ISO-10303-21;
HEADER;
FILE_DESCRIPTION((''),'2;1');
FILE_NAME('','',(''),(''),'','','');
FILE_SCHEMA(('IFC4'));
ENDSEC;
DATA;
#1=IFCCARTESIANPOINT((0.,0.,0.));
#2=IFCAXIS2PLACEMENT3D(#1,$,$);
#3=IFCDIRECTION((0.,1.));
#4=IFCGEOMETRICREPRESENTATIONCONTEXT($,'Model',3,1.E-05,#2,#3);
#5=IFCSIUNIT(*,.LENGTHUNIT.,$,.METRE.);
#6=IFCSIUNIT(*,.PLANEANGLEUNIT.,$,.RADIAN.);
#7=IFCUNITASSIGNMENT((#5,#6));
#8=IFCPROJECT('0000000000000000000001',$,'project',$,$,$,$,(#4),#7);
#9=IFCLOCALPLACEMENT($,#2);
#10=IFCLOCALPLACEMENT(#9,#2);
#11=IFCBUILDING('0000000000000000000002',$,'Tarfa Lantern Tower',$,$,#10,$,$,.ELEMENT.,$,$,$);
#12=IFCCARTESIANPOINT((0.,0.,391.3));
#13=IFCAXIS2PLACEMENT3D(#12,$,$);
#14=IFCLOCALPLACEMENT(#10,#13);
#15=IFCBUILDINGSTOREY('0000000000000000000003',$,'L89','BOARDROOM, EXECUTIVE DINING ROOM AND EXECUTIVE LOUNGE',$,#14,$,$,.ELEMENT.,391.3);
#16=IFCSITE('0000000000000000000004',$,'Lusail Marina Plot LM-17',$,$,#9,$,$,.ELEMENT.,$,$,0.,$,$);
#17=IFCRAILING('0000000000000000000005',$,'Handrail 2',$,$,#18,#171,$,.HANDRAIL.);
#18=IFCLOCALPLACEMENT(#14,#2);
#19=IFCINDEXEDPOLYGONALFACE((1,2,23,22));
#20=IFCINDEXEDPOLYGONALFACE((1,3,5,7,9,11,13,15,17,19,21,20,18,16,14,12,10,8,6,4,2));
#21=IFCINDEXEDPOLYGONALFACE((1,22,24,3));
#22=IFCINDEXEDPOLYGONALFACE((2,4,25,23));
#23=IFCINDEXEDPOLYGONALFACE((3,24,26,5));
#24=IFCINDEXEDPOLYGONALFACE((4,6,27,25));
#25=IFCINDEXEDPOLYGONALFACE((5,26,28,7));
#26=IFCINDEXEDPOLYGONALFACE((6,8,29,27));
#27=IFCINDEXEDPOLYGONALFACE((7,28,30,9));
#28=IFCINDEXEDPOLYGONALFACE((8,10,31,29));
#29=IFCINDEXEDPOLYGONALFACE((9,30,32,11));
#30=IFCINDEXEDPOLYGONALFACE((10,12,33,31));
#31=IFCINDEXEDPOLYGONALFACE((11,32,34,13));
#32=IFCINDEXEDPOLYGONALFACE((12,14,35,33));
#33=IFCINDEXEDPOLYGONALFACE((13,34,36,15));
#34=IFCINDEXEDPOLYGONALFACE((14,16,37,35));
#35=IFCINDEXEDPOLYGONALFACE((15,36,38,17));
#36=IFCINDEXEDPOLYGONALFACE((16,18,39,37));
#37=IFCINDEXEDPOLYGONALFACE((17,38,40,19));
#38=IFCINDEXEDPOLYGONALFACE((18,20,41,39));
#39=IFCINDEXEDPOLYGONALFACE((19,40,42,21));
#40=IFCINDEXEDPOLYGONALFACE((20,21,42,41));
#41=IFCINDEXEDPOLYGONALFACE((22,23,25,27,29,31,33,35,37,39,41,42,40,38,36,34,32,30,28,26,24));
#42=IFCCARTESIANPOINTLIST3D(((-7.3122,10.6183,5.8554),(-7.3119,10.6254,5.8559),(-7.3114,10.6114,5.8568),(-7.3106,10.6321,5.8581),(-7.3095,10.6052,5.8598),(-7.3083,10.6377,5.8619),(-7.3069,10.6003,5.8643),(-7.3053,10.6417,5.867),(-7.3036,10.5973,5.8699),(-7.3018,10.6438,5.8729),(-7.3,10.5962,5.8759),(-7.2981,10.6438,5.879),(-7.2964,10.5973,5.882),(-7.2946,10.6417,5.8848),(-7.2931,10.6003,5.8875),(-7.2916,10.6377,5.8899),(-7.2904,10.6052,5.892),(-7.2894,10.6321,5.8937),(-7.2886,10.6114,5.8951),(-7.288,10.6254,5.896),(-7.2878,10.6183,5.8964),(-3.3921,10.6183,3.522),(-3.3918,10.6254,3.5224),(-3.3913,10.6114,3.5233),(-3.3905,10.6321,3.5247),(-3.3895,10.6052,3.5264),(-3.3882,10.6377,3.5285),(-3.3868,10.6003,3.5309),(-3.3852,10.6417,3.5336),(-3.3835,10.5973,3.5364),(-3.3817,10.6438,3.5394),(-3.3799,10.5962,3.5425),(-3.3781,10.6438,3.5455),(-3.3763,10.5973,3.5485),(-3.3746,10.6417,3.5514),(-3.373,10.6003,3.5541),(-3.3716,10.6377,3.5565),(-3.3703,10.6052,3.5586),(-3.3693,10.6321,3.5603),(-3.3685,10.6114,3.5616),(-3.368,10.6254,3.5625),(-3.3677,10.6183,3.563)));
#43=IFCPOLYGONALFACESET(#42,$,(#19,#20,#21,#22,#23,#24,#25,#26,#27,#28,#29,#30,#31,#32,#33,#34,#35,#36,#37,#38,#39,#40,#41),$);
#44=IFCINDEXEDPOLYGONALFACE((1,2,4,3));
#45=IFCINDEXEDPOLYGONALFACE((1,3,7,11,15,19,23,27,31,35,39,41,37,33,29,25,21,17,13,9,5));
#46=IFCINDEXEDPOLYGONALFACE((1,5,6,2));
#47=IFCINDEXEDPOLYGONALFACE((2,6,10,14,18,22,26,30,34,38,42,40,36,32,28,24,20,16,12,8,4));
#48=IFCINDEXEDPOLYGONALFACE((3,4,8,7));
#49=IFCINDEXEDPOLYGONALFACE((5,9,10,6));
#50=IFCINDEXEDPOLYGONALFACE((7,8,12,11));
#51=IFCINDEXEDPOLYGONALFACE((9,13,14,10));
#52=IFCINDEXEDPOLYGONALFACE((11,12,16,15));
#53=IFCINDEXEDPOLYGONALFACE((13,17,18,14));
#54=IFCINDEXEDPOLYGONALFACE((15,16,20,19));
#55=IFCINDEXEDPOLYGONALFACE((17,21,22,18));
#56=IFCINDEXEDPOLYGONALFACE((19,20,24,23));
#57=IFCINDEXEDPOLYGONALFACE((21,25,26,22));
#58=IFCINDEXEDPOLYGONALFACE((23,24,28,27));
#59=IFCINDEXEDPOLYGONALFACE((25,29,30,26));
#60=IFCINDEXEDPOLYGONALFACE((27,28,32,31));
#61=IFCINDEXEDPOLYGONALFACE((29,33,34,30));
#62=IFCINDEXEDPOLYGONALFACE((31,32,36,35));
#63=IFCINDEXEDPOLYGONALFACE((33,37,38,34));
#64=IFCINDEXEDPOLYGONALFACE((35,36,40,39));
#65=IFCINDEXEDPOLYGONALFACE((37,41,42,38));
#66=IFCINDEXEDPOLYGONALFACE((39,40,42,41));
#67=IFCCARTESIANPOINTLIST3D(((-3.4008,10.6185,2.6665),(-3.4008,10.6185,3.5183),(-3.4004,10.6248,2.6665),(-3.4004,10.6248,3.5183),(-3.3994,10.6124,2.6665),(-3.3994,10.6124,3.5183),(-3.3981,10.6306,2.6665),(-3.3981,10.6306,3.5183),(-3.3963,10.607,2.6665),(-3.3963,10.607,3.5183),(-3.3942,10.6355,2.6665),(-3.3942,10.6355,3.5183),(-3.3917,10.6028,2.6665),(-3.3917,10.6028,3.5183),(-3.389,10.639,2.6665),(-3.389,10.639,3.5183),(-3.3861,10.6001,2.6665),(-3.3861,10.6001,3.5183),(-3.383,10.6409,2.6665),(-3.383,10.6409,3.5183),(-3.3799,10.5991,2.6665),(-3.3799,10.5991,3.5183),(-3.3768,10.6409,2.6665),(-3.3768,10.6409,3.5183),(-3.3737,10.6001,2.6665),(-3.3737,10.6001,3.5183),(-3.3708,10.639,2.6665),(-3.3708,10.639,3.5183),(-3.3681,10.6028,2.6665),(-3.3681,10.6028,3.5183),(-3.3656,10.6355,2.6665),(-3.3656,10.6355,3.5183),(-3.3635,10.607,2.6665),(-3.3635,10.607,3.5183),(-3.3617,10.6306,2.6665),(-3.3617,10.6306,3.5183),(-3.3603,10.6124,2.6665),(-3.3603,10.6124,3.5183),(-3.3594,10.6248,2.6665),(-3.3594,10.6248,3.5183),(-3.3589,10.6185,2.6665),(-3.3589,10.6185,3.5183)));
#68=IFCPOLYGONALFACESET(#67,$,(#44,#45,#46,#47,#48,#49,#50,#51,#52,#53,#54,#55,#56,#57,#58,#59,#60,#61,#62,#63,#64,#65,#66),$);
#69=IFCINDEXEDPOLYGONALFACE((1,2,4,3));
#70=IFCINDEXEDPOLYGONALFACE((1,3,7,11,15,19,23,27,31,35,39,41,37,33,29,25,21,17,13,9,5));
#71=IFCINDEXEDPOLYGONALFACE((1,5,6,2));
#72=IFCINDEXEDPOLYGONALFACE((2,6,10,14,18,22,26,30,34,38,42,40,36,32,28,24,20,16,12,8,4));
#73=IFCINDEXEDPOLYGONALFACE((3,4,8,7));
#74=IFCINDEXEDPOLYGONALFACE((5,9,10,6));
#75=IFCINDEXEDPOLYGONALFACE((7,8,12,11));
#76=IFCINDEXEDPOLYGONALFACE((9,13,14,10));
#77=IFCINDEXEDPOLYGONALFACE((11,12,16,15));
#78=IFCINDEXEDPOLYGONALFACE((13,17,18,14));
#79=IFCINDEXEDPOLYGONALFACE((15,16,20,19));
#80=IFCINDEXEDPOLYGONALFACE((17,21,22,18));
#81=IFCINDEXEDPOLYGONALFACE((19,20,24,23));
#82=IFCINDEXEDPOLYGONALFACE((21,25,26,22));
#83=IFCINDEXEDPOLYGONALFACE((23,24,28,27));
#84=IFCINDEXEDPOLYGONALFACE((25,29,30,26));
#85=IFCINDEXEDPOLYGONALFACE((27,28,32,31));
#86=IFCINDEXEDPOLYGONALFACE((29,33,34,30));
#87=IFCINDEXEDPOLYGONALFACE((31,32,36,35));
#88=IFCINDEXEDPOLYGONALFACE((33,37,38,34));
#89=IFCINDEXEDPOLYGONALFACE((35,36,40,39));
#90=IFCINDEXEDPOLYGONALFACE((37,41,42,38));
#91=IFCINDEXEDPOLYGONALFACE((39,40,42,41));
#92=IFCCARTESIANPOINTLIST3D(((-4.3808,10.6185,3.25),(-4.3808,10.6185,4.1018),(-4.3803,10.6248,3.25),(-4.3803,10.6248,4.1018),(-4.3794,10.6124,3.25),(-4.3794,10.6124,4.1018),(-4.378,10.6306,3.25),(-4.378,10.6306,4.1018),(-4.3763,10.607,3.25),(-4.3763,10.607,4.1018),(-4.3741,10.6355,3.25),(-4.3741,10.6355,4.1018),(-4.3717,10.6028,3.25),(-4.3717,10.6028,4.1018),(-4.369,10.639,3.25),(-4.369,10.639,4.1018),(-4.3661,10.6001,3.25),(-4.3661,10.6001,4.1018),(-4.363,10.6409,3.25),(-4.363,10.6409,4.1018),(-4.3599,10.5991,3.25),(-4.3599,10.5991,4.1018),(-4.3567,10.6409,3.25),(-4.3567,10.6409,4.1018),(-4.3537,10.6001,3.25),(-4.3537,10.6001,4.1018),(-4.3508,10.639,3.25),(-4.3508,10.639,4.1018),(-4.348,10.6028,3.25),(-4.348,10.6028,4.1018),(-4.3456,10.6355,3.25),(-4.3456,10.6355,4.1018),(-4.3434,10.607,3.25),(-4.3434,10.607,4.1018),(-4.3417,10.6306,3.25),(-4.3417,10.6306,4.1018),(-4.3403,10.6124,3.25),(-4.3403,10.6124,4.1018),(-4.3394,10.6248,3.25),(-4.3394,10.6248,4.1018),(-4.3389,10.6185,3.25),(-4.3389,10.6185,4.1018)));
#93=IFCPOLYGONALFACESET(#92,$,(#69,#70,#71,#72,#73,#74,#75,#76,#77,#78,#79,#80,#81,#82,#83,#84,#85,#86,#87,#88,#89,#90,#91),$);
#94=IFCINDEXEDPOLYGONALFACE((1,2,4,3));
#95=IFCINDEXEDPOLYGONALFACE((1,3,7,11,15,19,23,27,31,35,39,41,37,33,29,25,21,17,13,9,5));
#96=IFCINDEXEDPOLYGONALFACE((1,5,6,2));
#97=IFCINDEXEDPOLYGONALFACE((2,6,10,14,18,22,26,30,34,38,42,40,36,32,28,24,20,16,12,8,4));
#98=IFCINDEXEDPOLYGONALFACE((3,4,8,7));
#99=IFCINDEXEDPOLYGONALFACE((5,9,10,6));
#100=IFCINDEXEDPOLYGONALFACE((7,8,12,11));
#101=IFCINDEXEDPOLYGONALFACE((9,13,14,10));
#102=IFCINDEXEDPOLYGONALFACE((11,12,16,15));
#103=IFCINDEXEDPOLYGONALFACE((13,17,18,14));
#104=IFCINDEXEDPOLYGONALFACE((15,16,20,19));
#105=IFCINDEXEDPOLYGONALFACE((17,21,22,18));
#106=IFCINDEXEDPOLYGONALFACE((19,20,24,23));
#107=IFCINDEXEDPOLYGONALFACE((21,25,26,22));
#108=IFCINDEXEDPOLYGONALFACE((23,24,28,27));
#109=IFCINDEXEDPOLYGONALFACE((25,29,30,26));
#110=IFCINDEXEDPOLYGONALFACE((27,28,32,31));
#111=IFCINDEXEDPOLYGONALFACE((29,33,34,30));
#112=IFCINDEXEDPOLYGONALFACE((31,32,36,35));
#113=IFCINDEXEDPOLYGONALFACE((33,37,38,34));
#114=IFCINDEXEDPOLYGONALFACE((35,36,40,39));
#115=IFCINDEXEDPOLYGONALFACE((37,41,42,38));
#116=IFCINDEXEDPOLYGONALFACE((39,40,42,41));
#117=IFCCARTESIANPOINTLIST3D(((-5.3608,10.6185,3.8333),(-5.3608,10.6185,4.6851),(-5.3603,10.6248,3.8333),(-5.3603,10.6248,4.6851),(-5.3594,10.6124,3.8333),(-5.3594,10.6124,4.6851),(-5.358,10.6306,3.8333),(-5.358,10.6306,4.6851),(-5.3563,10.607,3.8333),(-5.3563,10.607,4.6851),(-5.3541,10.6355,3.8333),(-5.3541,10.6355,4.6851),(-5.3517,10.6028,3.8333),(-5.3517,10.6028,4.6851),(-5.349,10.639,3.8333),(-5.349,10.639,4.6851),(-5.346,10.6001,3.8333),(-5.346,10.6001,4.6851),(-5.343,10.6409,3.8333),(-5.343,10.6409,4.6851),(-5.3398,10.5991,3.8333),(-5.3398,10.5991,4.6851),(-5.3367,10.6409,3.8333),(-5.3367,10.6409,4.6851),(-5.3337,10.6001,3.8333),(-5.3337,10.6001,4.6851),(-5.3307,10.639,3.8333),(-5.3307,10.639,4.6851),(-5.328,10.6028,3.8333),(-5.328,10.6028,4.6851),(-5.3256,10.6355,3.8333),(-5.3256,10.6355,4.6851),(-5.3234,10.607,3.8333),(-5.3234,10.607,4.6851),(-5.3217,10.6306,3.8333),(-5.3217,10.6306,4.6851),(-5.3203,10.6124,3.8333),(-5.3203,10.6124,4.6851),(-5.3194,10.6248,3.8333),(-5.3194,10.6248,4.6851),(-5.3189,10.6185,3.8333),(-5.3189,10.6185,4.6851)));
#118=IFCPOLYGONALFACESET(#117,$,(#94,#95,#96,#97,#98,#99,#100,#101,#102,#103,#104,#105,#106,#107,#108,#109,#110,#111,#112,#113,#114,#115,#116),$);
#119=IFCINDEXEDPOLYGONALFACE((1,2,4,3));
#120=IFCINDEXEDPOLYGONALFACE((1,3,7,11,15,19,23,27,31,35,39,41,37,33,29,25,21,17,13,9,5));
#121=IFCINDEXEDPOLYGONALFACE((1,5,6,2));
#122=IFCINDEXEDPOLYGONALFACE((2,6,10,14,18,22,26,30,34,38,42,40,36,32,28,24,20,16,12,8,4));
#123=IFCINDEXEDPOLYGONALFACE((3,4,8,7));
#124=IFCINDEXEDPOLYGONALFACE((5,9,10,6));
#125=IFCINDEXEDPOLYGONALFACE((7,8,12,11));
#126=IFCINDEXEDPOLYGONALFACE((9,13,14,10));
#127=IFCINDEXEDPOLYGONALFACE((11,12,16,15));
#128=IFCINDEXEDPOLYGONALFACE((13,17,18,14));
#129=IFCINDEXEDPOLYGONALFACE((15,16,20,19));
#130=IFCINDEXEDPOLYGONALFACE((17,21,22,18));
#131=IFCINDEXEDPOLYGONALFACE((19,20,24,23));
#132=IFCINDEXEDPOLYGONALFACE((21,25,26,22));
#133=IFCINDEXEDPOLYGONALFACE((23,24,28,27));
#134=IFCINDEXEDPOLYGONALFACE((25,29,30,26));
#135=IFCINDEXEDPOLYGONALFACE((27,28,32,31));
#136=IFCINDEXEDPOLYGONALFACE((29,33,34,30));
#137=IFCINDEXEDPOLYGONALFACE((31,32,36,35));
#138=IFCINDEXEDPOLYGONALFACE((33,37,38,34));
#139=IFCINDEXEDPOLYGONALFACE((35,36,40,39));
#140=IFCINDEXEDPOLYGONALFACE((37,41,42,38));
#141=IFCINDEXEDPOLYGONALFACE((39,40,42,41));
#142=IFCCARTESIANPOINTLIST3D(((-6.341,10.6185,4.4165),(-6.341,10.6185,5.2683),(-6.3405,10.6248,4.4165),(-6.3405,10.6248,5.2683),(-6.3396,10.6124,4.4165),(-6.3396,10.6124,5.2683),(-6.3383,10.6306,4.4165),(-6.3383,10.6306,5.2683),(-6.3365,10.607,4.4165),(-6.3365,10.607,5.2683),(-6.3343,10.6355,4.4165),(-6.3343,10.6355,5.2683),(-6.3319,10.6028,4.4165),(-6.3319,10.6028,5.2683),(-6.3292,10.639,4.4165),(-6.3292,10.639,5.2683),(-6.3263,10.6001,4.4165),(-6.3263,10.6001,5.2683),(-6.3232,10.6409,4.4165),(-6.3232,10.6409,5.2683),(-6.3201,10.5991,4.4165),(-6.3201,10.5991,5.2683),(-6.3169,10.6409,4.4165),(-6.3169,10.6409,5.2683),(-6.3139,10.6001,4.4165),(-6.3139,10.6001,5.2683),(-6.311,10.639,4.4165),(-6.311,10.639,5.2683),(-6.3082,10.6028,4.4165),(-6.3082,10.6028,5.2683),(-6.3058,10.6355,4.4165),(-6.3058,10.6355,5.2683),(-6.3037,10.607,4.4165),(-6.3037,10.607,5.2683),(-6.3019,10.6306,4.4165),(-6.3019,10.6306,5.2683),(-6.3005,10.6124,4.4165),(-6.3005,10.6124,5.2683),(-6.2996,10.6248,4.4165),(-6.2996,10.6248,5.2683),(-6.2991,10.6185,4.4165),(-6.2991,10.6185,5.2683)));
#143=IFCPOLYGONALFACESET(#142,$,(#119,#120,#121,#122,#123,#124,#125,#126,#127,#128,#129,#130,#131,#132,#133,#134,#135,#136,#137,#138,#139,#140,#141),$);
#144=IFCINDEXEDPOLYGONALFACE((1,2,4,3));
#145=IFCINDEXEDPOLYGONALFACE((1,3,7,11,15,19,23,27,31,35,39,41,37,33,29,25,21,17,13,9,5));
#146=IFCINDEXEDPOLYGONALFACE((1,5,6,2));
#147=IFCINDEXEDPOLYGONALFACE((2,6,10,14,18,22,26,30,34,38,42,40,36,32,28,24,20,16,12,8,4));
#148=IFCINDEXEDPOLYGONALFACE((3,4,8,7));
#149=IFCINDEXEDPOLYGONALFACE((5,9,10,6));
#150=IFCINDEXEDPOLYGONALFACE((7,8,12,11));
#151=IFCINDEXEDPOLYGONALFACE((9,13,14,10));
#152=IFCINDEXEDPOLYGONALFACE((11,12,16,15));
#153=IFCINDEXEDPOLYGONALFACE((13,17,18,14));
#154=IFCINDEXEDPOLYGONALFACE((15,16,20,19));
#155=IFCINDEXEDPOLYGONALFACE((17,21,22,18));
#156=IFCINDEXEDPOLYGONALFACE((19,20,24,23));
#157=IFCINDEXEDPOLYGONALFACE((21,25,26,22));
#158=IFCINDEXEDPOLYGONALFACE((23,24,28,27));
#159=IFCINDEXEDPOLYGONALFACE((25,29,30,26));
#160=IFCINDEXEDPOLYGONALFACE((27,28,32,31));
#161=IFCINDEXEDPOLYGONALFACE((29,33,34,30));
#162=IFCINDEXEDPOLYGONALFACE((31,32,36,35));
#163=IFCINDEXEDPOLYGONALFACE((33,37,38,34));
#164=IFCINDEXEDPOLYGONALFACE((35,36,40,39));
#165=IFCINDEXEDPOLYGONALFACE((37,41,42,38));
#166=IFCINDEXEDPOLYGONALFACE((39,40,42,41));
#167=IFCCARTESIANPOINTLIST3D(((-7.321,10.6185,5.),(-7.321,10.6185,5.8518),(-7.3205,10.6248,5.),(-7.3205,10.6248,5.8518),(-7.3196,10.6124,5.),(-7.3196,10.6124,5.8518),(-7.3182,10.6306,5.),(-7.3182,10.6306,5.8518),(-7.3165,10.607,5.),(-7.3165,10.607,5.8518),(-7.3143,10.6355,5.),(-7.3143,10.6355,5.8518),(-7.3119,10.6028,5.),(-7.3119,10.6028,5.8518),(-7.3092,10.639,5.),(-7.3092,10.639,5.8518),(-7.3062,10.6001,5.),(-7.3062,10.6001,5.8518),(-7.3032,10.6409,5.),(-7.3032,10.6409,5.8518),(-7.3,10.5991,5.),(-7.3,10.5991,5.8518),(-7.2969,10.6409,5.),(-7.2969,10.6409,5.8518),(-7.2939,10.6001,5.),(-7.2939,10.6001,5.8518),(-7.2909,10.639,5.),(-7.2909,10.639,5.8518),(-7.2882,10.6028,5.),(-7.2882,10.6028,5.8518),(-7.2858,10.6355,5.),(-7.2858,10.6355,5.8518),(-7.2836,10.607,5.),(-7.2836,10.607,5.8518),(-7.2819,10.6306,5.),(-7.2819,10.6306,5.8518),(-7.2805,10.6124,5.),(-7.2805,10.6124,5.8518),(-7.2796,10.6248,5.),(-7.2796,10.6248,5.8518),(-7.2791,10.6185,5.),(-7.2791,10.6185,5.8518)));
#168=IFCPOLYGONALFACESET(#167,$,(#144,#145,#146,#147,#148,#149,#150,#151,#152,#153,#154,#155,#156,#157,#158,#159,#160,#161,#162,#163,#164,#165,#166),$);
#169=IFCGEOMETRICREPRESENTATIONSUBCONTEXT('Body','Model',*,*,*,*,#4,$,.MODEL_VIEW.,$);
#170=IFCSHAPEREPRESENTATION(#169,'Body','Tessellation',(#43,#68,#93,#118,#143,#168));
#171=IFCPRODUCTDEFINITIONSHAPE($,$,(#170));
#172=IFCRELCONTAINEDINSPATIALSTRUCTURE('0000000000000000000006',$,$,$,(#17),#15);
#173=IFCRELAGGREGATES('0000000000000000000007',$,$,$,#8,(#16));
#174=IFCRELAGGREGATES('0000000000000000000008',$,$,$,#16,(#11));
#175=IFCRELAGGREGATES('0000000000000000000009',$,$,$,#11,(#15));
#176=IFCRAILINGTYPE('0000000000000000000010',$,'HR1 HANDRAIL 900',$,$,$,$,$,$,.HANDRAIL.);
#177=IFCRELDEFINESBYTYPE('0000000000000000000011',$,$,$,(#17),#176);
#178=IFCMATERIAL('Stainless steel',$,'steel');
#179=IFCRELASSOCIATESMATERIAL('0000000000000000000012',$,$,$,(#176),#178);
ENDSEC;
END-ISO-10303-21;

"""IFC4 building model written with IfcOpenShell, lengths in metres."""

from ifc_helpers import new_model, si_unit, direction, frame, origin, origin_2d, place, context, subcontext, project, spatial, circle, extrude, material, type_object, element, save


model = new_model("IFC4")

# Units and contexts
model_context = context("Model", 3, precision=1e-05, world=origin(), true_north=direction((0.0, 1.0)))
body_context = subcontext(model_context, "Body", "Model", "MODEL_VIEW")
ifc_project = project(units=[si_unit("LENGTHUNIT", "METRE"), si_unit("PLANEANGLEUNIT", "RADIAN")], contexts=[model_context])

# Site, building, storey
site_placement = place(None, origin())
site = spatial("IfcSite", under=ifc_project, at=site_placement, Name="Lusail Marina Plot LM-17", CompositionType="ELEMENT", RefElevation=0.0)
building_placement = place(site_placement, origin())
building = spatial("IfcBuilding", under=site, at=building_placement, Name="Tarfa Lantern Tower", CompositionType="ELEMENT")
storey_placement = place(building_placement, frame((0.0, 0.0, 391.3)))
storey = spatial("IfcBuildingStorey", under=building, at=storey_placement, Name="L89", Description="BOARDROOM, EXECUTIVE DINING ROOM AND EXECUTIVE LOUNGE", CompositionType="ELEMENT", Elevation=391.3)

# Railing
ifc_material_1 = material(Name="Stainless steel", Category="steel")
railing_type = type_object("IfcRailingType", Name="HR1 HANDRAIL 900", PredefinedType="HANDRAIL", material=ifc_material_1)
railing_1_placement = place(storey_placement, frame((-3.3799, 10.6201, 2.6665)))
element("IfcRailing", 1, at=railing_1_placement, inside=storey, type_object=railing_type, Name="Handrail 2", PredefinedType="HANDRAIL", context=body_context, shape_type="SweptSolid", body=[
    extrude(circle(Radius=0.0239, at=origin_2d()), frame((0.0, 0.0, 0.876), z_axis=(-0.859287, 0.0, 0.511494), x_axis=(0.0, -1.0, 0.0)), (0.0, 0.0, 1.0), 4.562),
    extrude(circle(Radius=0.021, at=origin_2d()), frame((0.0, 0.0, 0.0), z_axis=(0.0, 0.0, 1.0), x_axis=(0.0, -1.0, 0.0)), (0.0, 0.0, 1.0), 0.8518),
    extrude(circle(Radius=0.021, at=origin_2d()), frame((-0.98, 0.0, 0.5835), z_axis=(0.0, 0.0, 1.0), x_axis=(0.0, -1.0, 0.0)), (0.0, 0.0, 1.0), 0.8518),
    extrude(circle(Radius=0.021, at=origin_2d()), frame((-1.96, 0.0, 1.1667), z_axis=(0.0, 0.0, 1.0), x_axis=(0.0, -1.0, 0.0)), (0.0, 0.0, 1.0), 0.8518),
    extrude(circle(Radius=0.021, at=origin_2d()), frame((-2.9402, 0.0, 1.75), z_axis=(0.0, 0.0, 1.0), x_axis=(0.0, -1.0, 0.0)), (0.0, 0.0, 1.0), 0.8518),
    extrude(circle(Radius=0.021, at=origin_2d()), frame((-3.9202, 0.0, 2.3335), z_axis=(0.0, 0.0, 1.0), x_axis=(0.0, -1.0, 0.0)), (0.0, 0.0, 1.0), 0.8518),
])

save(model, "model.ifc")
